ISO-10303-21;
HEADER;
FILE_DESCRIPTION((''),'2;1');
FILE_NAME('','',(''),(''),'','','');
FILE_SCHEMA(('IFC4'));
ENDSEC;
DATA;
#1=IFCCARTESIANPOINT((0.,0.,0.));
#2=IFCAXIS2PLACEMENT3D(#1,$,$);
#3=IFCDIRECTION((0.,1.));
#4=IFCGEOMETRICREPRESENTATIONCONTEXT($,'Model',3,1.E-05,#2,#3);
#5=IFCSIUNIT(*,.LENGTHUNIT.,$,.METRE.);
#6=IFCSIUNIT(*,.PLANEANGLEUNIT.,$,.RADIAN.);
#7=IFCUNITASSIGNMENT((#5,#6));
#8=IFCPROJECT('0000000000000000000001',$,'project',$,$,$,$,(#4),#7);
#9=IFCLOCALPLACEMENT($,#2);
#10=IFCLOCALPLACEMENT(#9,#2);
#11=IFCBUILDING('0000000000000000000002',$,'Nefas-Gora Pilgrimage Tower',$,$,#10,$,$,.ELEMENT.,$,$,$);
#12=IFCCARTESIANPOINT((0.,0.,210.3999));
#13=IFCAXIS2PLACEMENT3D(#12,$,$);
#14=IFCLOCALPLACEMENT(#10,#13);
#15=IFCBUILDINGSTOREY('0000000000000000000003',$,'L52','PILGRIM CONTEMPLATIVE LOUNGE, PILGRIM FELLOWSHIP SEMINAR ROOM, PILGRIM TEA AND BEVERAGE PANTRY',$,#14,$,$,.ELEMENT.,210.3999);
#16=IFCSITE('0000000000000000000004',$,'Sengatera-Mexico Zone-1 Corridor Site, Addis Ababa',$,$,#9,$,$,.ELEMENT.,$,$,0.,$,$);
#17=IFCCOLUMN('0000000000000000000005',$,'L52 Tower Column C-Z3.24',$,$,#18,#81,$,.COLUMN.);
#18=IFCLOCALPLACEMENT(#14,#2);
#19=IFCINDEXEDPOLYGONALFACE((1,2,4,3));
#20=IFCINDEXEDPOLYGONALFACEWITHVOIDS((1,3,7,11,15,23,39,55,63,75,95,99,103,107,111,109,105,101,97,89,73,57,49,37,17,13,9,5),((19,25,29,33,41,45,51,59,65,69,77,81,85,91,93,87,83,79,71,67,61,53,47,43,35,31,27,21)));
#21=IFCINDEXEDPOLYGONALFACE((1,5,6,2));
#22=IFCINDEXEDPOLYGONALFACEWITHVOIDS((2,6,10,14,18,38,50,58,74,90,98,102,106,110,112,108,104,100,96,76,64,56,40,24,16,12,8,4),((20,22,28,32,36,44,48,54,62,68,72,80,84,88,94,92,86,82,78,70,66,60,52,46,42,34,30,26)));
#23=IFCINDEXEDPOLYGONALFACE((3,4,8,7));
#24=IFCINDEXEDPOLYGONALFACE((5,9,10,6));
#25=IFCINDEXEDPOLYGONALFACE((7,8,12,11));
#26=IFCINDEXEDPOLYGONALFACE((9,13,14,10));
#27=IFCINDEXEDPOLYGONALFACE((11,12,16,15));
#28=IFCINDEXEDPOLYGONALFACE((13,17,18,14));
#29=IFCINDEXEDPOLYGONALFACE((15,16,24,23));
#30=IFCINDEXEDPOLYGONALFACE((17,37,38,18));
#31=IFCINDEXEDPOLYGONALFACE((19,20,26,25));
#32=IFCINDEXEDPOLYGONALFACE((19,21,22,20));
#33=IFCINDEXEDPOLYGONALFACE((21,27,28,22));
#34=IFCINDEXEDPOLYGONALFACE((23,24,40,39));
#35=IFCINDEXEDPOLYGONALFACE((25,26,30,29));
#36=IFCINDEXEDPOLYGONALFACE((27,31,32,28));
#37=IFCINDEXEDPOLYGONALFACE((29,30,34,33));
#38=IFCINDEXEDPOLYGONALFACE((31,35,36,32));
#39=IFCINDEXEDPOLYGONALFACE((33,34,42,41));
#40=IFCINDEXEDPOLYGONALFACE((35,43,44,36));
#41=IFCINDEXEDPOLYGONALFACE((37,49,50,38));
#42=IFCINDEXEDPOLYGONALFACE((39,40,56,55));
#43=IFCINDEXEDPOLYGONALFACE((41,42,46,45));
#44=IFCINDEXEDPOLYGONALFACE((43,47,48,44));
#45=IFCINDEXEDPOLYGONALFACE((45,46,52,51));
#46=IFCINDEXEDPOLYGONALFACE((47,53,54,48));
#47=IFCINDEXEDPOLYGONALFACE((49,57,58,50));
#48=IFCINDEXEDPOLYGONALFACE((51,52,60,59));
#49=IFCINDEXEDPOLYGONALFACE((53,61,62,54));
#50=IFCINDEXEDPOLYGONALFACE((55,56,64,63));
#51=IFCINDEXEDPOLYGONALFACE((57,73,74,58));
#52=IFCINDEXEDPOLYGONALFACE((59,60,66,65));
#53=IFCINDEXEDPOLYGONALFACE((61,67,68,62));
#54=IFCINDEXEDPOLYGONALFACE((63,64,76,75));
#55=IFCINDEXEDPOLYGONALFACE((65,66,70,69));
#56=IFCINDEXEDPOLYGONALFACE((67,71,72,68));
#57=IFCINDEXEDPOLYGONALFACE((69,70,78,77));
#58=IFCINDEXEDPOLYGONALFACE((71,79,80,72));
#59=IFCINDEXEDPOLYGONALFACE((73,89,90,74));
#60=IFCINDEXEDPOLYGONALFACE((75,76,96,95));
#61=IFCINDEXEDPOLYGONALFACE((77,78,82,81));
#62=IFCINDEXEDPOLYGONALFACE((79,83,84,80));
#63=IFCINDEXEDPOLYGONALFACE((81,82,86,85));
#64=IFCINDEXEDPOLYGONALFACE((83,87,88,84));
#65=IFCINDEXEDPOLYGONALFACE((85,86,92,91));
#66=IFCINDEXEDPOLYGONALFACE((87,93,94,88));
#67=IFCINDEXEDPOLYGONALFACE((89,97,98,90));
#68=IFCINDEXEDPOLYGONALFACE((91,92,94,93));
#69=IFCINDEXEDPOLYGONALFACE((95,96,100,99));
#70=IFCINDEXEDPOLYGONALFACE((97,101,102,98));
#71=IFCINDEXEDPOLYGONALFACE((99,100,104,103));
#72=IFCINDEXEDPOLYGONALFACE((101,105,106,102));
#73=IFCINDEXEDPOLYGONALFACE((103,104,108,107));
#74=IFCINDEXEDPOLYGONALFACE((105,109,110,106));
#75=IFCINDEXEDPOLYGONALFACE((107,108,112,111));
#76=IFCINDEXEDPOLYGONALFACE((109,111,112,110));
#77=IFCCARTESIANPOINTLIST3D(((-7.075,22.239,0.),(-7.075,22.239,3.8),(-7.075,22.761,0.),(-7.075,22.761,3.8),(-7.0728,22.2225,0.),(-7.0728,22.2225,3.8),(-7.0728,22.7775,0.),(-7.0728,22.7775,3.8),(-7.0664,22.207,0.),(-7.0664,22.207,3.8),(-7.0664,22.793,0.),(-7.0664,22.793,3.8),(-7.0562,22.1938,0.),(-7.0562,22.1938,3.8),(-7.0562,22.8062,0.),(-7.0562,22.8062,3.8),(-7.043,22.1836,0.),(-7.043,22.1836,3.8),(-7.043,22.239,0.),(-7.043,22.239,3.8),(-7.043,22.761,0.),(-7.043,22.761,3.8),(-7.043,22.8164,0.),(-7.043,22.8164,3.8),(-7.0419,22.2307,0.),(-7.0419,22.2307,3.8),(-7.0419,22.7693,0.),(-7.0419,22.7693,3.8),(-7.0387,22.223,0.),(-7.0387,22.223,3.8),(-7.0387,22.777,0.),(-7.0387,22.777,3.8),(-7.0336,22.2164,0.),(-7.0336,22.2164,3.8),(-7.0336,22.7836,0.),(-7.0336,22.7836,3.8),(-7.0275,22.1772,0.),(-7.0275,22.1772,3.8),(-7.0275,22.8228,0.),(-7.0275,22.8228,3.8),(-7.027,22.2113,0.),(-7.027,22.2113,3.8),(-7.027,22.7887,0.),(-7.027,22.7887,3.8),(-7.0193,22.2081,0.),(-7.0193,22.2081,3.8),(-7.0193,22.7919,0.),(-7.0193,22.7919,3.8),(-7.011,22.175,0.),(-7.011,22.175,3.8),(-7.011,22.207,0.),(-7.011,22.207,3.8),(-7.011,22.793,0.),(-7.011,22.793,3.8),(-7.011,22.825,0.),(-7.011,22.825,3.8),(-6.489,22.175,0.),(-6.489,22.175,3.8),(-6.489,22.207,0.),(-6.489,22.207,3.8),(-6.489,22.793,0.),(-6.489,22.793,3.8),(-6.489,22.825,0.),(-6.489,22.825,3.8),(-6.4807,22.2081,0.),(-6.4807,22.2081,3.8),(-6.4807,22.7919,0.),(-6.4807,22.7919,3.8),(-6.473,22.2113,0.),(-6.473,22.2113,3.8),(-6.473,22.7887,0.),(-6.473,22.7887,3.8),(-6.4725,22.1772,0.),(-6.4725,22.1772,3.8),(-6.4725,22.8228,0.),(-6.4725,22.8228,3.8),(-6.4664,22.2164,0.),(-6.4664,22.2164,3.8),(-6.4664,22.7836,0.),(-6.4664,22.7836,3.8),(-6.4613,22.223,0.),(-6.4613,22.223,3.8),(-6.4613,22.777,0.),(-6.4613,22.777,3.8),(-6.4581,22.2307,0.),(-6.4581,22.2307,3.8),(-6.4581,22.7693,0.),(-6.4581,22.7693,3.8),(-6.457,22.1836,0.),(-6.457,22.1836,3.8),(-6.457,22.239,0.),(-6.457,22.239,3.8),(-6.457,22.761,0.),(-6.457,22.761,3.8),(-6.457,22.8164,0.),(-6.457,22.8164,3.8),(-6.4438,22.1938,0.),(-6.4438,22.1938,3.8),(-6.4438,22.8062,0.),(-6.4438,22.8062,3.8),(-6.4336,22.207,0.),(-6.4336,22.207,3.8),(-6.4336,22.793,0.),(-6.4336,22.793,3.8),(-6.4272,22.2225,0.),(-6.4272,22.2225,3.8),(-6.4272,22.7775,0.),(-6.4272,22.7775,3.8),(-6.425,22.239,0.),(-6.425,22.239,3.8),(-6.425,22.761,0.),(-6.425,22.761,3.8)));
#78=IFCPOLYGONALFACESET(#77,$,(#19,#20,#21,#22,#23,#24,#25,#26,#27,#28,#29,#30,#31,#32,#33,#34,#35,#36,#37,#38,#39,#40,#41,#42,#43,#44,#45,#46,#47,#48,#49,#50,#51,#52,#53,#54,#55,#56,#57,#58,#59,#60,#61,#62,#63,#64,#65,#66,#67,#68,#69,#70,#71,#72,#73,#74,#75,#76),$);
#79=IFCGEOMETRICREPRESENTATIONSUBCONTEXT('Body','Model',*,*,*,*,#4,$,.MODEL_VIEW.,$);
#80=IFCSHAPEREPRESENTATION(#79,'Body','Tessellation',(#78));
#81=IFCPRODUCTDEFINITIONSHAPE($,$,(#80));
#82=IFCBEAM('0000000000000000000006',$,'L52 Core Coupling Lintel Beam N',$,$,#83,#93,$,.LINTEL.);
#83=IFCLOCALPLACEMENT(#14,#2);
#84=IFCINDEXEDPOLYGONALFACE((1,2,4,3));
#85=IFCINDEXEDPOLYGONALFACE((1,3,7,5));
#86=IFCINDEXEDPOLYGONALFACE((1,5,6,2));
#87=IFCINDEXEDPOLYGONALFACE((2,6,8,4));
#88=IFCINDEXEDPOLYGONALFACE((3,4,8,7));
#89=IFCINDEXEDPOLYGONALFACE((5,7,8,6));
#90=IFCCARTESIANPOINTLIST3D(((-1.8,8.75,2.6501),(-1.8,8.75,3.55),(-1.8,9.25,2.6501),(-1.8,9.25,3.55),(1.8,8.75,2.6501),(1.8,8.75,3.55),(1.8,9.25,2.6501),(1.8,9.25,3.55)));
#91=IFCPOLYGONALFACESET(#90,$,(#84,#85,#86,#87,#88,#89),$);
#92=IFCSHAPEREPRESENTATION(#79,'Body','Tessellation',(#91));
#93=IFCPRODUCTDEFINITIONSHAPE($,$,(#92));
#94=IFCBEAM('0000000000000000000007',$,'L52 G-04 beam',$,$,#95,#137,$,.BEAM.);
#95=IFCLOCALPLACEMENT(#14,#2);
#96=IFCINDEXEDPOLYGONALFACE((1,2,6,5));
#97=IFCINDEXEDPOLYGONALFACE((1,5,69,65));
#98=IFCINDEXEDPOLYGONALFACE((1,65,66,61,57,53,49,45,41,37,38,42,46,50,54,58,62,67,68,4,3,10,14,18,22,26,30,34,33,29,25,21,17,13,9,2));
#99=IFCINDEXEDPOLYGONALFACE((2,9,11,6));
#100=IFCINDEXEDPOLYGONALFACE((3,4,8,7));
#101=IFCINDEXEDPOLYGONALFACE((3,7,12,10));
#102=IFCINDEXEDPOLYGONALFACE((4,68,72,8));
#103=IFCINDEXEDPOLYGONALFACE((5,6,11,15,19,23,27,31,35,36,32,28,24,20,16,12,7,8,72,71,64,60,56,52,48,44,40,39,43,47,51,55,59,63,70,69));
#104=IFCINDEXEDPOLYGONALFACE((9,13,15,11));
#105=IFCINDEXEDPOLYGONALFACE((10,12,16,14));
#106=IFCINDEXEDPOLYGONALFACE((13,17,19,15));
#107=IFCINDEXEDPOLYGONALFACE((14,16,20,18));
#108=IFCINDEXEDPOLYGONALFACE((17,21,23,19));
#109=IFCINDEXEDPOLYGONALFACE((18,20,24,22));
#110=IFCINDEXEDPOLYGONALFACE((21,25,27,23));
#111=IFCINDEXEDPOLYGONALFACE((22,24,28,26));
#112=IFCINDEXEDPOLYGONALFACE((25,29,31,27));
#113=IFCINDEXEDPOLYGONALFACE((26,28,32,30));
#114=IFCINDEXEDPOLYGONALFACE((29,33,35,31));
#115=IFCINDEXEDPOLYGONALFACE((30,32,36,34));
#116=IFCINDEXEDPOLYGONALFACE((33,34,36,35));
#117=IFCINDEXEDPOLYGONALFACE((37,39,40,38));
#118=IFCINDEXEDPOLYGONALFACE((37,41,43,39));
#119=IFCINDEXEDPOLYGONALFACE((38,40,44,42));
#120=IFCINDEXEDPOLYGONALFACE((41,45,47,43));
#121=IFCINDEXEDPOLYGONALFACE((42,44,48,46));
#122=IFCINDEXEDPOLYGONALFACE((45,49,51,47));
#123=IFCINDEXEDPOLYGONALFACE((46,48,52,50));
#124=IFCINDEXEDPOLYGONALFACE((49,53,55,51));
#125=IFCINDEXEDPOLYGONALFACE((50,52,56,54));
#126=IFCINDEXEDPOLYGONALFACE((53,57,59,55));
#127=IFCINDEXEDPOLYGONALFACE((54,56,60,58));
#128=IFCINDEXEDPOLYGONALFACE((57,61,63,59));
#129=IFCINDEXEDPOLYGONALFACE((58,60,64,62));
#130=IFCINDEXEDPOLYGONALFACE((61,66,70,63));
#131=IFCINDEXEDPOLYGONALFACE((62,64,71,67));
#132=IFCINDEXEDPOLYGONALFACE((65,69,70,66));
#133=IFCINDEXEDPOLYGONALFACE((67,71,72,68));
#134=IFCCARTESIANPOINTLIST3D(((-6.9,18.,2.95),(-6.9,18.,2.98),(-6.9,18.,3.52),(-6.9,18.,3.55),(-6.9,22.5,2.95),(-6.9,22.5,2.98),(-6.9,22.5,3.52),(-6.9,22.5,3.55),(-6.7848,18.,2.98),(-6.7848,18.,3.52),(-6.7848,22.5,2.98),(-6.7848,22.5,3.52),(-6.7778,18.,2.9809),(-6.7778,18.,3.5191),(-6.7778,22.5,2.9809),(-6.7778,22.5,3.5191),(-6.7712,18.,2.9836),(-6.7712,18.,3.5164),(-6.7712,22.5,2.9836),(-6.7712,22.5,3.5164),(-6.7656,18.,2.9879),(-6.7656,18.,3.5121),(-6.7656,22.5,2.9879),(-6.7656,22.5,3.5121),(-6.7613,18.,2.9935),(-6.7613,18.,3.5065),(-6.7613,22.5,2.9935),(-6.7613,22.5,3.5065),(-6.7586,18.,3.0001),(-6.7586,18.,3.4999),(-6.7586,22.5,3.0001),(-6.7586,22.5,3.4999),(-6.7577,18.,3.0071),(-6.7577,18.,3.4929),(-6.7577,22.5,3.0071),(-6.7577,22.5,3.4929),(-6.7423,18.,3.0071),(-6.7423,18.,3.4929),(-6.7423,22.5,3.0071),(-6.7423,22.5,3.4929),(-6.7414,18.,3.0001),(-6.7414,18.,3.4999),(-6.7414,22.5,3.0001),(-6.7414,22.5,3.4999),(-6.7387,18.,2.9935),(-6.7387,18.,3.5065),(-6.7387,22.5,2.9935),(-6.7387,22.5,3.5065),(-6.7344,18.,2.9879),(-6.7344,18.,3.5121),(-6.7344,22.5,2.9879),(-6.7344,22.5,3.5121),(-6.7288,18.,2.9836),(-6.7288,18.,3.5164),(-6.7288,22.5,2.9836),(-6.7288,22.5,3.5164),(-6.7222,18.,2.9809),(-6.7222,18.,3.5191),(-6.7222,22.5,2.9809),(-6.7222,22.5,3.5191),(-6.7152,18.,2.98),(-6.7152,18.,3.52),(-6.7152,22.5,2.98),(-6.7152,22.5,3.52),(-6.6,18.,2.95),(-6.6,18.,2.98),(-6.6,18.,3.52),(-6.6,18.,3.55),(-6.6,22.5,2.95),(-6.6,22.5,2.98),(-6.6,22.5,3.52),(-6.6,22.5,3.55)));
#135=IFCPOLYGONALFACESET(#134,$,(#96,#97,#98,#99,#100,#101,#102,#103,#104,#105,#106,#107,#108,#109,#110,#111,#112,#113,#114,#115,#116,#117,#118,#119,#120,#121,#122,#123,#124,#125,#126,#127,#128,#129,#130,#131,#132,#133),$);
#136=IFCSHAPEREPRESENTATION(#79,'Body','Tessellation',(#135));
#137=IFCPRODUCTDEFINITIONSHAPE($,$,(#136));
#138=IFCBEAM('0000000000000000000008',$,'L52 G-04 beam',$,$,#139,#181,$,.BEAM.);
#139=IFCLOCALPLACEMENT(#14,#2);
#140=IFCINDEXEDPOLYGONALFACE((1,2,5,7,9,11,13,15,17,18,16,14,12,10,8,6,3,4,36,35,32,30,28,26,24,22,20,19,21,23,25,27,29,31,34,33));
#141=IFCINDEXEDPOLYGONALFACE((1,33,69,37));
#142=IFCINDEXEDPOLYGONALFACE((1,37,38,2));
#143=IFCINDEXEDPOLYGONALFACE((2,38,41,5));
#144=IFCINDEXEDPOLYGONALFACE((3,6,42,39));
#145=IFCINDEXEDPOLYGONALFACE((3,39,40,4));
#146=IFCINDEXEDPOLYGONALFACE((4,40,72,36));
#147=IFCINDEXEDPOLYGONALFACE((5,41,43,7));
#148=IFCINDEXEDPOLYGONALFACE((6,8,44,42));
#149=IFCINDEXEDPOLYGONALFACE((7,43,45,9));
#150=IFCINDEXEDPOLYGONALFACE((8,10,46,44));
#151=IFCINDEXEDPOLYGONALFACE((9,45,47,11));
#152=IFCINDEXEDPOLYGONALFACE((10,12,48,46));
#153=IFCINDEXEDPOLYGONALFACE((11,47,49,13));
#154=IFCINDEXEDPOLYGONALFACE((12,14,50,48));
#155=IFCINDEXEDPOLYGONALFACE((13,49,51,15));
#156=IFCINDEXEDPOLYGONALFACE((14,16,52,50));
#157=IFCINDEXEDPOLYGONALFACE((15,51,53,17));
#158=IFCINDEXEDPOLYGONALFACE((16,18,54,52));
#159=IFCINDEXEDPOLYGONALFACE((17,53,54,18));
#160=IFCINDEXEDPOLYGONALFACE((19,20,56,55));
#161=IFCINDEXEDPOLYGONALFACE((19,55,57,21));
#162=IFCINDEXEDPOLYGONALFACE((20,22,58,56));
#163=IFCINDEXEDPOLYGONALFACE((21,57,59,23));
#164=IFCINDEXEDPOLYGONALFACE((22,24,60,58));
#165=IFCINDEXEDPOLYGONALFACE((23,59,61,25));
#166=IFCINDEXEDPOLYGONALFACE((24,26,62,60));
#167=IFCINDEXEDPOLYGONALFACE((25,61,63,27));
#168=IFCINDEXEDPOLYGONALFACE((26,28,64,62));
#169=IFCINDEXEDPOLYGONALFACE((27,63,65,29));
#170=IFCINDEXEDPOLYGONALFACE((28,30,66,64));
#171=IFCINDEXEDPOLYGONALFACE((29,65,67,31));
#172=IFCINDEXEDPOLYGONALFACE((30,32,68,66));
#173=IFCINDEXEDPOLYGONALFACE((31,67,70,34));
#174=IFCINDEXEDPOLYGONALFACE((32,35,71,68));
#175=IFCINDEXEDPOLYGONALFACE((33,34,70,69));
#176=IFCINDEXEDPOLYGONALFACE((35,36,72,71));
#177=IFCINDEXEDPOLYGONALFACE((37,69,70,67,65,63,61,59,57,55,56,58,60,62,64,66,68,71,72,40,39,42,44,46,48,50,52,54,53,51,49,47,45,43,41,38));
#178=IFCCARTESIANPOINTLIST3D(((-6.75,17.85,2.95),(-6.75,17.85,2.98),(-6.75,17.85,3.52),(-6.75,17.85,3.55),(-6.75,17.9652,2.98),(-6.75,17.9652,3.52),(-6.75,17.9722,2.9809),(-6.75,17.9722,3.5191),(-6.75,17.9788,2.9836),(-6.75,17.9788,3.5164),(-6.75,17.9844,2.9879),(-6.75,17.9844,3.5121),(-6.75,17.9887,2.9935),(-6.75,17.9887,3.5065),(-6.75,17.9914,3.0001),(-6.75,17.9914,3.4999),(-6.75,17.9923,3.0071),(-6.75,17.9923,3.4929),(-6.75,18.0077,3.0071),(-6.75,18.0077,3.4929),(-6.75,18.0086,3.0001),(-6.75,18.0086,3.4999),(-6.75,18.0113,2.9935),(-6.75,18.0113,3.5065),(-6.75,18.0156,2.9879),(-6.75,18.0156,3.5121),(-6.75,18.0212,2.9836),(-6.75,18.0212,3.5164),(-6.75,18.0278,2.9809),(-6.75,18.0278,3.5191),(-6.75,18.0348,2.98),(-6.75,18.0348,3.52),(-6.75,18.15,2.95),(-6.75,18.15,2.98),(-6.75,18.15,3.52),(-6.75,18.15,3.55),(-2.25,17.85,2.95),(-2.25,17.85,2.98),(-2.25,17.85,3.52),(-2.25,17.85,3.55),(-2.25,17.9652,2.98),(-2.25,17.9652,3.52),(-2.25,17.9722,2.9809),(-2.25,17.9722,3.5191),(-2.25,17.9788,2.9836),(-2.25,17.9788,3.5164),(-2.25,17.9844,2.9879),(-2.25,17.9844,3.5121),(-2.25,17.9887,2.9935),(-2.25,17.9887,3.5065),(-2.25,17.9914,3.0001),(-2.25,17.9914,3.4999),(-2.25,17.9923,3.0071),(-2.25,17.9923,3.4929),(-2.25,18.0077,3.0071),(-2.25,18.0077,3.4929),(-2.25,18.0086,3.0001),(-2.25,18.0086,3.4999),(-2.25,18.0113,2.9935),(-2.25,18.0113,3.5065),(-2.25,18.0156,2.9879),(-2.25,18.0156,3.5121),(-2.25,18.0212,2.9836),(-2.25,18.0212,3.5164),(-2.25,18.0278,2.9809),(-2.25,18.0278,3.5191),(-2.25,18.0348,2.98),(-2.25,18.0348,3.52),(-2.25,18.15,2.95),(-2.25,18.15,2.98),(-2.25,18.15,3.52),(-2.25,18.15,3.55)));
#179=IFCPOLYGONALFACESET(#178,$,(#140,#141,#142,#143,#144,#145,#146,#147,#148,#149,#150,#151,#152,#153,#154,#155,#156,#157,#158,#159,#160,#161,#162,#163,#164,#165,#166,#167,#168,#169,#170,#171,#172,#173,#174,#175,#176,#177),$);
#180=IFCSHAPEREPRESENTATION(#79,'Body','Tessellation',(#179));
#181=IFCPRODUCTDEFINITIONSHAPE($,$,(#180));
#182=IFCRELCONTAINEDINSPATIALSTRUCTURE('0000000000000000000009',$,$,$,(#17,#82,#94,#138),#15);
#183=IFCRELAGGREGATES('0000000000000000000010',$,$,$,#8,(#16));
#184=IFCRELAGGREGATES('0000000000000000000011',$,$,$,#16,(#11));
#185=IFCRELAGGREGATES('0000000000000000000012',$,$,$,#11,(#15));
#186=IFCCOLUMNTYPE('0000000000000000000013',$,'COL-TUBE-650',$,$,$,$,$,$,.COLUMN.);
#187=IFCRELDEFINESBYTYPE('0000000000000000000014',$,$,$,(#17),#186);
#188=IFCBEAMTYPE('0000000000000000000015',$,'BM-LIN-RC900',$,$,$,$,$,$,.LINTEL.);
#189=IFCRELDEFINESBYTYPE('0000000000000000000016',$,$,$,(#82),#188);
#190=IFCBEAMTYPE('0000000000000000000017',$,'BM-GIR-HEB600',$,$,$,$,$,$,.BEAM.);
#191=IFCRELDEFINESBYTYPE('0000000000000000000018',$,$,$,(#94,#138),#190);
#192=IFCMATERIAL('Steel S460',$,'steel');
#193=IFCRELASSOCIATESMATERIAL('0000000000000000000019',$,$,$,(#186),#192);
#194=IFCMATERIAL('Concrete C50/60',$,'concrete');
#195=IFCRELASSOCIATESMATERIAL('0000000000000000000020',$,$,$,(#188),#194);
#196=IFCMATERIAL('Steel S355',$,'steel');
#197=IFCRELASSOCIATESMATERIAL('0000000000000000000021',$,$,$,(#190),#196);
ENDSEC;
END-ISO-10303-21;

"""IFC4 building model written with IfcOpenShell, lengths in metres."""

from ifc_helpers import new_model, si_unit, direction, frame, origin, origin_2d, place, context, subcontext, project, spatial, rectangle, hollow_rectangle, i_section, extrude, source, transform, mapped, material, material_profile, profile_set, type_object, element, save


model = new_model("IFC4")

# Units and contexts
model_context = context("Model", 3, precision=1e-05, world=origin(), true_north=direction((0.0, 1.0)))
body_context = subcontext(model_context, "Body", "Model", "MODEL_VIEW")
ifc_project = project(units=[si_unit("LENGTHUNIT", "METRE"), si_unit("PLANEANGLEUNIT", "RADIAN")], contexts=[model_context])

# Site, building, storey
site_placement = place(None, origin())
site = spatial("IfcSite", under=ifc_project, at=site_placement, Name="Sengatera-Mexico Zone-1 Corridor Site, Addis Ababa", CompositionType="ELEMENT", RefElevation=0.0)
building_placement = place(site_placement, origin())
building = spatial("IfcBuilding", under=site, at=building_placement, Name="Nefas-Gora Pilgrimage Tower", CompositionType="ELEMENT")
storey_placement = place(building_placement, frame((0.0, 0.0, 210.3999)))
storey = spatial("IfcBuildingStorey", under=building, at=storey_placement, Name="L52", Description="PILGRIM CONTEMPLATIVE LOUNGE, PILGRIM FELLOWSHIP SEMINAR ROOM, PILGRIM TEA AND BEVERAGE PANTRY", CompositionType="ELEMENT", Elevation=210.3999)

# Column
ifc_material_1 = material(Name="Steel S460", Category="steel")
ifc_material_profile_1 = material_profile(ifc_material_1, hollow_rectangle(XDim=0.6499, YDim=0.6499, WallThickness=0.032, InnerFilletRadius=0.032, OuterFilletRadius=0.064, at=origin_2d()), Name="BOX 650x650x32")
ifc_profile_set_1 = profile_set([ifc_material_profile_1], Name="Steel S460")
column_type_1 = type_object("IfcColumnType", Name="COL-TUBE-650", PredefinedType="COLUMN", material=ifc_profile_set_1)
shared_shape_1 = source(origin(), body_context, "Body", "SweptSolid", [
    extrude(hollow_rectangle(XDim=0.6499, YDim=0.6499, WallThickness=0.032, InnerFilletRadius=0.032, OuterFilletRadius=0.064, at=origin_2d()), origin(), (0.0, 0.0, 1.0), 3.8),
])
column_placement = place(storey_placement, frame((-6.75, 22.5, 0.0), z_axis=(0.0, 0.0, 1.0), x_axis=(1.0, 0.0, 0.0)))
element("IfcColumn", 1, at=column_placement, inside=storey, type_object=column_type_1, Name="L52 Tower Column C-Z3.24", PredefinedType="COLUMN", context=body_context, shape_type="MappedRepresentation", body=[
    mapped(shared_shape_1, transform((0.0, 0.0, 0.0), x_axis=(1.0, 0.0, 0.0), y_axis=(0.0, 1.0, 0.0), z_axis=(0.0, 0.0, 1.0), scale=1.0)),
])

# Beams
ifc_material_2 = material(Name="Concrete C50/60", Category="concrete")
ifc_material_profile_2 = material_profile(ifc_material_2, rectangle(XDim=0.5, YDim=0.8999, at=origin_2d()), Name="RC 500x900")
ifc_profile_set_2 = profile_set([ifc_material_profile_2], Name="Concrete C50/60")
beam_type_1 = type_object("IfcBeamType", Name="BM-LIN-RC900", PredefinedType="LINTEL", material=ifc_profile_set_2)
shared_shape_2 = source(origin(), body_context, "Body", "SweptSolid", [
    extrude(rectangle(XDim=0.5, YDim=0.8999, at=origin_2d()), origin(), (0.0, 0.0, 1.0), 3.6001),
])
beam_placement = place(storey_placement, frame((-1.8, 9.0, 3.1001), z_axis=(1.0, 0.0, 0.0), x_axis=(0.0, 1.0, 0.0)))
element("IfcBeam", 2, at=beam_placement, inside=storey, type_object=beam_type_1, Name="L52 Core Coupling Lintel Beam N", PredefinedType="LINTEL", context=body_context, shape_type="MappedRepresentation", body=[
    mapped(shared_shape_2, transform((0.0, 0.0, 0.0), x_axis=(1.0, 0.0, 0.0), y_axis=(0.0, 1.0, 0.0), z_axis=(0.0, 0.0, 1.0), scale=1.0)),
])
ifc_material_3 = material(Name="Steel S355", Category="steel")
ifc_material_profile_3 = material_profile(ifc_material_3, i_section(OverallWidth=0.3, OverallDepth=0.6001, WebThickness=0.0154, FlangeThickness=0.03, FilletRadius=0.0271, at=origin_2d()), Name="HEB 600")
ifc_profile_set_3 = profile_set([ifc_material_profile_3], Name="Steel S355")
beam_type_2 = type_object("IfcBeamType", Name="BM-GIR-HEB600", PredefinedType="BEAM", material=ifc_profile_set_3)
shared_shape_3 = source(origin(), body_context, "Body", "SweptSolid", [
    extrude(i_section(OverallWidth=0.3, OverallDepth=0.6001, WebThickness=0.0154, FlangeThickness=0.03, FilletRadius=0.0271, at=origin_2d()), origin(), (0.0, 0.0, 1.0), 4.5),
])
for number, where, z_axis, x_axis, name in (
    (3, (-6.75, 18.0, 3.25), (0.0, 1.0, 0.0), (-1.0, 0.0, 0.0), "L52 G-04 beam"),
    (4, (-6.75, 18.0, 3.25), (1.0, 0.0, 0.0), (0.0, 1.0, 0.0), "L52 G-04 beam"),
):
    element("IfcBeam", number, at=place(storey_placement, frame(where, z_axis=z_axis, x_axis=x_axis)), inside=storey, type_object=beam_type_2, Name=name, PredefinedType="BEAM", context=body_context, shape_type="MappedRepresentation", body=[
        mapped(shared_shape_3, transform((0.0, 0.0, 0.0), x_axis=(1.0, 0.0, 0.0), y_axis=(0.0, 1.0, 0.0), z_axis=(0.0, 0.0, 1.0), scale=1.0)),
    ])

save(model, "model.ifc")
